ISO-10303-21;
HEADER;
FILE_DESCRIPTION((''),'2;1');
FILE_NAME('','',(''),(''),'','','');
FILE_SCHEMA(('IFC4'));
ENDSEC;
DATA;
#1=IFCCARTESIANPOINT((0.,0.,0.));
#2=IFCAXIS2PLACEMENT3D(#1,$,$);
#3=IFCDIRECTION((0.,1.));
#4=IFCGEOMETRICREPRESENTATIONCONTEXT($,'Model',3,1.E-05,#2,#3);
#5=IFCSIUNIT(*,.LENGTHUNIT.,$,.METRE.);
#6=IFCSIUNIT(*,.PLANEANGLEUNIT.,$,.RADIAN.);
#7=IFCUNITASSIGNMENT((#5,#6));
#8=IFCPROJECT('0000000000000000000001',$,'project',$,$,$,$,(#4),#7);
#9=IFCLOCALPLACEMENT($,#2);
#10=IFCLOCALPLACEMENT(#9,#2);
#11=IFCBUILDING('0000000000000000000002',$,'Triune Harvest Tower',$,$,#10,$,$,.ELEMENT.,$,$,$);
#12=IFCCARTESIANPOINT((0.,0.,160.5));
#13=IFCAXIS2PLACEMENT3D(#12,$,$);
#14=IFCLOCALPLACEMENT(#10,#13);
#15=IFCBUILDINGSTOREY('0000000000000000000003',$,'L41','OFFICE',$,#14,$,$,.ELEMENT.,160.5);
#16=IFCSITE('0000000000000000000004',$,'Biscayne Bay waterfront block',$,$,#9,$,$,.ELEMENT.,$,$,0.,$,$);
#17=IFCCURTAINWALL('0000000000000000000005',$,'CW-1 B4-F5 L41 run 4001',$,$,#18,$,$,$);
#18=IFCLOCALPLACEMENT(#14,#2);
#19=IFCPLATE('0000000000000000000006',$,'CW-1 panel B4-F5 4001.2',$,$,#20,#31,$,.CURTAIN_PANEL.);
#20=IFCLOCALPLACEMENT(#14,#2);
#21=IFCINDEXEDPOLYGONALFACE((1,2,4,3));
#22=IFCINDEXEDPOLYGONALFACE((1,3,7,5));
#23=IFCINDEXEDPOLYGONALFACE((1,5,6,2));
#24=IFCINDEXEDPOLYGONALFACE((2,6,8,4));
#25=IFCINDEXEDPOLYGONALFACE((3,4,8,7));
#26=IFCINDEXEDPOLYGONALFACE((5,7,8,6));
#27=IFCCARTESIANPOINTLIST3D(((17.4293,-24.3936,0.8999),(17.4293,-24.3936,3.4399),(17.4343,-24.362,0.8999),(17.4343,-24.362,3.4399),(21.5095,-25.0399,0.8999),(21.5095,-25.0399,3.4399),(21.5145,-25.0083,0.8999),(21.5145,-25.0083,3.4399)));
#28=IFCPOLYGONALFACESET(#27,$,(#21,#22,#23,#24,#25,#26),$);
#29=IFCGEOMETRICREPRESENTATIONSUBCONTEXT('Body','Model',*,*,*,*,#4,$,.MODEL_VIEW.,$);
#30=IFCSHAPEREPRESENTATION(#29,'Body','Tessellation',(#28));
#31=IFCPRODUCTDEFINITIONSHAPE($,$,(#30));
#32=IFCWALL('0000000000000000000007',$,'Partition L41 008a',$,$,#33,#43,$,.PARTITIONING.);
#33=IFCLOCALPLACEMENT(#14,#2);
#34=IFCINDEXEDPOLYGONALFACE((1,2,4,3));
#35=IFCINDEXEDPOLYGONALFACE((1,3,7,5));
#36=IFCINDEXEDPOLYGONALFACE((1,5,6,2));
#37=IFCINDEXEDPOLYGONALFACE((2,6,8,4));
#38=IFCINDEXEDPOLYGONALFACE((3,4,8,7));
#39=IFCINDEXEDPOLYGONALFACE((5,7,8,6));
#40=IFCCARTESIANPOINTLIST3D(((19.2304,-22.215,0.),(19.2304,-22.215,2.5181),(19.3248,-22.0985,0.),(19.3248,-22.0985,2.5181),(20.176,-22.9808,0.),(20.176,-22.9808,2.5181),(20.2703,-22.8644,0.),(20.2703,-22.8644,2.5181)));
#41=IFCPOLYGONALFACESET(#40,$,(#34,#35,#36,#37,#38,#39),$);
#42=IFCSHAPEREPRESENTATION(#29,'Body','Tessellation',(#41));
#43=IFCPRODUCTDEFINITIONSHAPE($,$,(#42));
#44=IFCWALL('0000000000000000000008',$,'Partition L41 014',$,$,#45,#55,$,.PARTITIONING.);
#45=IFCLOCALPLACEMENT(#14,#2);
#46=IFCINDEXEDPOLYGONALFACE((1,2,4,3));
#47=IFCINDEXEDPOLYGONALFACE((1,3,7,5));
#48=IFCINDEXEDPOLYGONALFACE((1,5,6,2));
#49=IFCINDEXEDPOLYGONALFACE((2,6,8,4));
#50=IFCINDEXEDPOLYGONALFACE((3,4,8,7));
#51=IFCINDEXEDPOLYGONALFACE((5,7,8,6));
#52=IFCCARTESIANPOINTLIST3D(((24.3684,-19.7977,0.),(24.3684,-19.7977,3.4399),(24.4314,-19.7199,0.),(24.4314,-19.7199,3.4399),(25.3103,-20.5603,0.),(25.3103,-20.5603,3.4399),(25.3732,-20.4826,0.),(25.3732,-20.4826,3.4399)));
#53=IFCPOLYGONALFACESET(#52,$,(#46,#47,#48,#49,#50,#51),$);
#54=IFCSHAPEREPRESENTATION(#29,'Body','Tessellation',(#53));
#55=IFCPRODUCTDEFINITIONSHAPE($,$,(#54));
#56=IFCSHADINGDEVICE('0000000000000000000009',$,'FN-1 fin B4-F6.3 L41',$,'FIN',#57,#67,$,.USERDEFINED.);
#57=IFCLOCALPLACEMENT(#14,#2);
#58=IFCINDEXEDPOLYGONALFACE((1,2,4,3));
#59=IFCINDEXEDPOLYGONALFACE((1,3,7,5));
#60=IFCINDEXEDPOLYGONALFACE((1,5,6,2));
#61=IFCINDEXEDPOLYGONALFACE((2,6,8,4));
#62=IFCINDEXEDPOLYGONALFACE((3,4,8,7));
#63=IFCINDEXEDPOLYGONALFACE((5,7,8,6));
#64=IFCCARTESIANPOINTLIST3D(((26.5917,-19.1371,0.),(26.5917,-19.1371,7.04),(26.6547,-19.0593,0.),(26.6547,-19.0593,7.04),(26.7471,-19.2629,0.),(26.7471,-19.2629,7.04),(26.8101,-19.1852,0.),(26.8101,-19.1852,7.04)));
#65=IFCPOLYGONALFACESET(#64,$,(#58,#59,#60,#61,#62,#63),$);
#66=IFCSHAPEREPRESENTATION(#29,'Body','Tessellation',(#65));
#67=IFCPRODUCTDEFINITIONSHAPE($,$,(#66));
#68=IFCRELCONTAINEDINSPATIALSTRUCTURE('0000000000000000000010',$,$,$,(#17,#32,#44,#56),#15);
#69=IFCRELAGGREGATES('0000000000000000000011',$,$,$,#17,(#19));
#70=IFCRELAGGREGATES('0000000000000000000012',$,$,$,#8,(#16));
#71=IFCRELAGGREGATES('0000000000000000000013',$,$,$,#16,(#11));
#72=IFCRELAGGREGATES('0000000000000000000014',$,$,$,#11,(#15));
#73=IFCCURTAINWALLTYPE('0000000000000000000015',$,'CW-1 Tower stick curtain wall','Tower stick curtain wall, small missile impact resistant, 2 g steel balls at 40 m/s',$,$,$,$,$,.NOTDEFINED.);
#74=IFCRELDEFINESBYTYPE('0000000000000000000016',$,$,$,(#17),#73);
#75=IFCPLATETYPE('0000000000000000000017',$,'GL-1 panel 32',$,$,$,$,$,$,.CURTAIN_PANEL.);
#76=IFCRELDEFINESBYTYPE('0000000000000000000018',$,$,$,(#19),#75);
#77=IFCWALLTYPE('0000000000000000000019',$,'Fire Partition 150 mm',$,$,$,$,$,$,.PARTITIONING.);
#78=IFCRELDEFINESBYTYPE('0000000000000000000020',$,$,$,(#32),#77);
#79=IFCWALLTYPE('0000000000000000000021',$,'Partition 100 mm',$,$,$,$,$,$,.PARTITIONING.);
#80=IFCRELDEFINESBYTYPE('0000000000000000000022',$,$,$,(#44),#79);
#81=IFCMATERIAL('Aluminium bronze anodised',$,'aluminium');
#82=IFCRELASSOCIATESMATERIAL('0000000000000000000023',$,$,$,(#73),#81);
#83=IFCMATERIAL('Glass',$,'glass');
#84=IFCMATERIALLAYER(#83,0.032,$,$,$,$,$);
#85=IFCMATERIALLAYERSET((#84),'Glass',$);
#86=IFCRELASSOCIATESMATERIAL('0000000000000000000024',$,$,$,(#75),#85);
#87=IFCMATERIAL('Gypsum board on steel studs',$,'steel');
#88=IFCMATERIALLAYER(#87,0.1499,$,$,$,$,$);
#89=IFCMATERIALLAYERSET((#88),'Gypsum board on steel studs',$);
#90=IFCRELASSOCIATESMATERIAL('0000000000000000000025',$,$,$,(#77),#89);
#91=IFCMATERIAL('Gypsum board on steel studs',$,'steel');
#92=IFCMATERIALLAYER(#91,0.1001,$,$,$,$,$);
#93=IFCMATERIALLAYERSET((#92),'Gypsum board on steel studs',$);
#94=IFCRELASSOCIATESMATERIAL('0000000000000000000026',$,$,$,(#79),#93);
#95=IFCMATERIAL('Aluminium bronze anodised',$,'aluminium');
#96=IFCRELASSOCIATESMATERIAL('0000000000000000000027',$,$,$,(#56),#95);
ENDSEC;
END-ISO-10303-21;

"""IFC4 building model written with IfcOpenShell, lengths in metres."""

from ifc_helpers import new_model, si_unit, direction, frame, frame_2d, origin, origin_2d, place, context, subcontext, project, spatial, rectangle, extrude, source, transform, mapped, material, layer, layer_set, type_object, element, aggregate, save


model = new_model("IFC4")

# Units and contexts
model_context = context("Model", 3, precision=1e-05, world=origin(), true_north=direction((0.0, 1.0)))
body_context = subcontext(model_context, "Body", "Model", "MODEL_VIEW")
ifc_project = project(units=[si_unit("LENGTHUNIT", "METRE"), si_unit("PLANEANGLEUNIT", "RADIAN")], contexts=[model_context])

# Site, building, storey
site_placement = place(None, origin())
site = spatial("IfcSite", under=ifc_project, at=site_placement, Name="Biscayne Bay waterfront block", CompositionType="ELEMENT", RefElevation=0.0)
building_placement = place(site_placement, origin())
building = spatial("IfcBuilding", under=site, at=building_placement, Name="Triune Harvest Tower", CompositionType="ELEMENT")
storey_placement = place(building_placement, frame((0.0, 0.0, 160.5)))
storey = spatial("IfcBuildingStorey", under=building, at=storey_placement, Name="L41", Description="OFFICE", CompositionType="ELEMENT", Elevation=160.5)

# Curtain wall
ifc_material_1 = material(Name="Aluminium bronze anodised", Category="aluminium")
curtain_wall_type = type_object("IfcCurtainWallType", Name="CW-1 Tower stick curtain wall", Description="Tower stick curtain wall, small missile impact resistant, 2 g steel balls at 40 m/s", PredefinedType="NOTDEFINED", material=ifc_material_1)
curtain_wall_1_placement = place(storey_placement, origin())
curtain_wall_1 = element("IfcCurtainWall", 1, at=curtain_wall_1_placement, inside=storey, type_object=curtain_wall_type, Name="CW-1 B4-F5 L41 run 4001")

# Shared definitions
ifc_material_2 = material(Name="Glass", Category="glass")
ifc_layer_1 = layer(ifc_material_2, 0.032)
ifc_layer_set_1 = layer_set([ifc_layer_1], Name="Glass")
plate_type = type_object("IfcPlateType", Name="GL-1 panel 32", PredefinedType="CURTAIN_PANEL", material=ifc_layer_set_1)

# Plate
shared_shape_1 = source(origin(), body_context, "Body", "SweptSolid", [
    extrude(rectangle(XDim=4.1311, YDim=0.032, at=origin_2d()), origin(), (0.0, 0.0, 1.0), 2.54),
])
plate_1_placement = place(storey_placement, frame((19.4719, -24.7009, 0.8999), z_axis=(0.0, 0.0, 1.0), x_axis=(0.987687, -0.15644, 0.0)))
plate_1 = element("IfcPlate", 2, at=plate_1_placement, type_object=plate_type, Name="CW-1 panel B4-F5 4001.2", PredefinedType="CURTAIN_PANEL", context=body_context, shape_type="MappedRepresentation", body=[
    mapped(shared_shape_1, transform((0.0, 0.0, 0.0), scale=1.0)),
])
aggregate(curtain_wall_1, [plate_1])

# Walls
ifc_material_3 = material(Name="Gypsum board on steel studs", Category="steel")
ifc_layer_2 = layer(ifc_material_3, 0.1499)
ifc_layer_set_2 = layer_set([ifc_layer_2], Name="Gypsum board on steel studs")
wall_type_1 = type_object("IfcWallType", Name="Fire Partition 150 mm", PredefinedType="PARTITIONING", material=ifc_layer_set_2)
wall_1_placement = place(storey_placement, frame((19.2776, -22.1567, 0.0), z_axis=(0.0, 0.0, 1.0), x_axis=(0.777077, -0.629406, 0.0)))
element("IfcWall", 3, at=wall_1_placement, inside=storey, type_object=wall_type_1, Name="Partition L41 008a", PredefinedType="PARTITIONING", context=body_context, shape_type="SweptSolid", body=[
    extrude(rectangle(XDim=1.2168, YDim=0.1499, at=frame_2d((0.6084, 0.0))), origin(), (0.0, 0.0, 1.0), 2.5181),
])
ifc_material_4 = material(Name="Gypsum board on steel studs", Category="steel")
ifc_layer_3 = layer(ifc_material_4, 0.1001)
ifc_layer_set_3 = layer_set([ifc_layer_3], Name="Gypsum board on steel studs")
wall_type_2 = type_object("IfcWallType", Name="Partition 100 mm", PredefinedType="PARTITIONING", material=ifc_layer_set_3)
shared_shape_2 = source(origin(), body_context, "Body", "SweptSolid", [
    extrude(rectangle(XDim=1.2119, YDim=0.1001, at=frame_2d((0.606, 0.0))), origin(), (0.0, 0.0, 1.0), 3.4399),
])
wall_2_placement = place(storey_placement, frame((24.3999, -19.7588, 0.0), z_axis=(0.0, 0.0, 1.0), x_axis=(0.77716, -0.629303, 0.0)))
element("IfcWall", 4, at=wall_2_placement, inside=storey, type_object=wall_type_2, Name="Partition L41 014", PredefinedType="PARTITIONING", context=body_context, shape_type="MappedRepresentation", body=[
    mapped(shared_shape_2, transform((0.0, 0.0, 0.0), scale=1.0)),
])

# Shading device
ifc_material_5 = material(Name="Aluminium bronze anodised", Category="aluminium")
shared_shape_3 = source(origin(), body_context, "Body", "SweptSolid", [
    extrude(rectangle(XDim=0.1001, YDim=0.2, at=origin_2d()), origin(), (0.0, 0.0, 1.0), 7.04),
])
shading_device_placement = place(storey_placement, frame((26.7009, -19.1611, 0.0), z_axis=(0.0, 0.0, 1.0), x_axis=(0.629321, 0.777146, 0.0)))
element("IfcShadingDevice", 5, at=shading_device_placement, inside=storey, material=ifc_material_5, Name="FN-1 fin B4-F6.3 L41", ObjectType="FIN", PredefinedType="USERDEFINED", context=body_context, shape_type="MappedRepresentation", body=[
    mapped(shared_shape_3, transform((0.0, 0.0, 0.0), scale=1.0)),
])

save(model, "model.ifc")
